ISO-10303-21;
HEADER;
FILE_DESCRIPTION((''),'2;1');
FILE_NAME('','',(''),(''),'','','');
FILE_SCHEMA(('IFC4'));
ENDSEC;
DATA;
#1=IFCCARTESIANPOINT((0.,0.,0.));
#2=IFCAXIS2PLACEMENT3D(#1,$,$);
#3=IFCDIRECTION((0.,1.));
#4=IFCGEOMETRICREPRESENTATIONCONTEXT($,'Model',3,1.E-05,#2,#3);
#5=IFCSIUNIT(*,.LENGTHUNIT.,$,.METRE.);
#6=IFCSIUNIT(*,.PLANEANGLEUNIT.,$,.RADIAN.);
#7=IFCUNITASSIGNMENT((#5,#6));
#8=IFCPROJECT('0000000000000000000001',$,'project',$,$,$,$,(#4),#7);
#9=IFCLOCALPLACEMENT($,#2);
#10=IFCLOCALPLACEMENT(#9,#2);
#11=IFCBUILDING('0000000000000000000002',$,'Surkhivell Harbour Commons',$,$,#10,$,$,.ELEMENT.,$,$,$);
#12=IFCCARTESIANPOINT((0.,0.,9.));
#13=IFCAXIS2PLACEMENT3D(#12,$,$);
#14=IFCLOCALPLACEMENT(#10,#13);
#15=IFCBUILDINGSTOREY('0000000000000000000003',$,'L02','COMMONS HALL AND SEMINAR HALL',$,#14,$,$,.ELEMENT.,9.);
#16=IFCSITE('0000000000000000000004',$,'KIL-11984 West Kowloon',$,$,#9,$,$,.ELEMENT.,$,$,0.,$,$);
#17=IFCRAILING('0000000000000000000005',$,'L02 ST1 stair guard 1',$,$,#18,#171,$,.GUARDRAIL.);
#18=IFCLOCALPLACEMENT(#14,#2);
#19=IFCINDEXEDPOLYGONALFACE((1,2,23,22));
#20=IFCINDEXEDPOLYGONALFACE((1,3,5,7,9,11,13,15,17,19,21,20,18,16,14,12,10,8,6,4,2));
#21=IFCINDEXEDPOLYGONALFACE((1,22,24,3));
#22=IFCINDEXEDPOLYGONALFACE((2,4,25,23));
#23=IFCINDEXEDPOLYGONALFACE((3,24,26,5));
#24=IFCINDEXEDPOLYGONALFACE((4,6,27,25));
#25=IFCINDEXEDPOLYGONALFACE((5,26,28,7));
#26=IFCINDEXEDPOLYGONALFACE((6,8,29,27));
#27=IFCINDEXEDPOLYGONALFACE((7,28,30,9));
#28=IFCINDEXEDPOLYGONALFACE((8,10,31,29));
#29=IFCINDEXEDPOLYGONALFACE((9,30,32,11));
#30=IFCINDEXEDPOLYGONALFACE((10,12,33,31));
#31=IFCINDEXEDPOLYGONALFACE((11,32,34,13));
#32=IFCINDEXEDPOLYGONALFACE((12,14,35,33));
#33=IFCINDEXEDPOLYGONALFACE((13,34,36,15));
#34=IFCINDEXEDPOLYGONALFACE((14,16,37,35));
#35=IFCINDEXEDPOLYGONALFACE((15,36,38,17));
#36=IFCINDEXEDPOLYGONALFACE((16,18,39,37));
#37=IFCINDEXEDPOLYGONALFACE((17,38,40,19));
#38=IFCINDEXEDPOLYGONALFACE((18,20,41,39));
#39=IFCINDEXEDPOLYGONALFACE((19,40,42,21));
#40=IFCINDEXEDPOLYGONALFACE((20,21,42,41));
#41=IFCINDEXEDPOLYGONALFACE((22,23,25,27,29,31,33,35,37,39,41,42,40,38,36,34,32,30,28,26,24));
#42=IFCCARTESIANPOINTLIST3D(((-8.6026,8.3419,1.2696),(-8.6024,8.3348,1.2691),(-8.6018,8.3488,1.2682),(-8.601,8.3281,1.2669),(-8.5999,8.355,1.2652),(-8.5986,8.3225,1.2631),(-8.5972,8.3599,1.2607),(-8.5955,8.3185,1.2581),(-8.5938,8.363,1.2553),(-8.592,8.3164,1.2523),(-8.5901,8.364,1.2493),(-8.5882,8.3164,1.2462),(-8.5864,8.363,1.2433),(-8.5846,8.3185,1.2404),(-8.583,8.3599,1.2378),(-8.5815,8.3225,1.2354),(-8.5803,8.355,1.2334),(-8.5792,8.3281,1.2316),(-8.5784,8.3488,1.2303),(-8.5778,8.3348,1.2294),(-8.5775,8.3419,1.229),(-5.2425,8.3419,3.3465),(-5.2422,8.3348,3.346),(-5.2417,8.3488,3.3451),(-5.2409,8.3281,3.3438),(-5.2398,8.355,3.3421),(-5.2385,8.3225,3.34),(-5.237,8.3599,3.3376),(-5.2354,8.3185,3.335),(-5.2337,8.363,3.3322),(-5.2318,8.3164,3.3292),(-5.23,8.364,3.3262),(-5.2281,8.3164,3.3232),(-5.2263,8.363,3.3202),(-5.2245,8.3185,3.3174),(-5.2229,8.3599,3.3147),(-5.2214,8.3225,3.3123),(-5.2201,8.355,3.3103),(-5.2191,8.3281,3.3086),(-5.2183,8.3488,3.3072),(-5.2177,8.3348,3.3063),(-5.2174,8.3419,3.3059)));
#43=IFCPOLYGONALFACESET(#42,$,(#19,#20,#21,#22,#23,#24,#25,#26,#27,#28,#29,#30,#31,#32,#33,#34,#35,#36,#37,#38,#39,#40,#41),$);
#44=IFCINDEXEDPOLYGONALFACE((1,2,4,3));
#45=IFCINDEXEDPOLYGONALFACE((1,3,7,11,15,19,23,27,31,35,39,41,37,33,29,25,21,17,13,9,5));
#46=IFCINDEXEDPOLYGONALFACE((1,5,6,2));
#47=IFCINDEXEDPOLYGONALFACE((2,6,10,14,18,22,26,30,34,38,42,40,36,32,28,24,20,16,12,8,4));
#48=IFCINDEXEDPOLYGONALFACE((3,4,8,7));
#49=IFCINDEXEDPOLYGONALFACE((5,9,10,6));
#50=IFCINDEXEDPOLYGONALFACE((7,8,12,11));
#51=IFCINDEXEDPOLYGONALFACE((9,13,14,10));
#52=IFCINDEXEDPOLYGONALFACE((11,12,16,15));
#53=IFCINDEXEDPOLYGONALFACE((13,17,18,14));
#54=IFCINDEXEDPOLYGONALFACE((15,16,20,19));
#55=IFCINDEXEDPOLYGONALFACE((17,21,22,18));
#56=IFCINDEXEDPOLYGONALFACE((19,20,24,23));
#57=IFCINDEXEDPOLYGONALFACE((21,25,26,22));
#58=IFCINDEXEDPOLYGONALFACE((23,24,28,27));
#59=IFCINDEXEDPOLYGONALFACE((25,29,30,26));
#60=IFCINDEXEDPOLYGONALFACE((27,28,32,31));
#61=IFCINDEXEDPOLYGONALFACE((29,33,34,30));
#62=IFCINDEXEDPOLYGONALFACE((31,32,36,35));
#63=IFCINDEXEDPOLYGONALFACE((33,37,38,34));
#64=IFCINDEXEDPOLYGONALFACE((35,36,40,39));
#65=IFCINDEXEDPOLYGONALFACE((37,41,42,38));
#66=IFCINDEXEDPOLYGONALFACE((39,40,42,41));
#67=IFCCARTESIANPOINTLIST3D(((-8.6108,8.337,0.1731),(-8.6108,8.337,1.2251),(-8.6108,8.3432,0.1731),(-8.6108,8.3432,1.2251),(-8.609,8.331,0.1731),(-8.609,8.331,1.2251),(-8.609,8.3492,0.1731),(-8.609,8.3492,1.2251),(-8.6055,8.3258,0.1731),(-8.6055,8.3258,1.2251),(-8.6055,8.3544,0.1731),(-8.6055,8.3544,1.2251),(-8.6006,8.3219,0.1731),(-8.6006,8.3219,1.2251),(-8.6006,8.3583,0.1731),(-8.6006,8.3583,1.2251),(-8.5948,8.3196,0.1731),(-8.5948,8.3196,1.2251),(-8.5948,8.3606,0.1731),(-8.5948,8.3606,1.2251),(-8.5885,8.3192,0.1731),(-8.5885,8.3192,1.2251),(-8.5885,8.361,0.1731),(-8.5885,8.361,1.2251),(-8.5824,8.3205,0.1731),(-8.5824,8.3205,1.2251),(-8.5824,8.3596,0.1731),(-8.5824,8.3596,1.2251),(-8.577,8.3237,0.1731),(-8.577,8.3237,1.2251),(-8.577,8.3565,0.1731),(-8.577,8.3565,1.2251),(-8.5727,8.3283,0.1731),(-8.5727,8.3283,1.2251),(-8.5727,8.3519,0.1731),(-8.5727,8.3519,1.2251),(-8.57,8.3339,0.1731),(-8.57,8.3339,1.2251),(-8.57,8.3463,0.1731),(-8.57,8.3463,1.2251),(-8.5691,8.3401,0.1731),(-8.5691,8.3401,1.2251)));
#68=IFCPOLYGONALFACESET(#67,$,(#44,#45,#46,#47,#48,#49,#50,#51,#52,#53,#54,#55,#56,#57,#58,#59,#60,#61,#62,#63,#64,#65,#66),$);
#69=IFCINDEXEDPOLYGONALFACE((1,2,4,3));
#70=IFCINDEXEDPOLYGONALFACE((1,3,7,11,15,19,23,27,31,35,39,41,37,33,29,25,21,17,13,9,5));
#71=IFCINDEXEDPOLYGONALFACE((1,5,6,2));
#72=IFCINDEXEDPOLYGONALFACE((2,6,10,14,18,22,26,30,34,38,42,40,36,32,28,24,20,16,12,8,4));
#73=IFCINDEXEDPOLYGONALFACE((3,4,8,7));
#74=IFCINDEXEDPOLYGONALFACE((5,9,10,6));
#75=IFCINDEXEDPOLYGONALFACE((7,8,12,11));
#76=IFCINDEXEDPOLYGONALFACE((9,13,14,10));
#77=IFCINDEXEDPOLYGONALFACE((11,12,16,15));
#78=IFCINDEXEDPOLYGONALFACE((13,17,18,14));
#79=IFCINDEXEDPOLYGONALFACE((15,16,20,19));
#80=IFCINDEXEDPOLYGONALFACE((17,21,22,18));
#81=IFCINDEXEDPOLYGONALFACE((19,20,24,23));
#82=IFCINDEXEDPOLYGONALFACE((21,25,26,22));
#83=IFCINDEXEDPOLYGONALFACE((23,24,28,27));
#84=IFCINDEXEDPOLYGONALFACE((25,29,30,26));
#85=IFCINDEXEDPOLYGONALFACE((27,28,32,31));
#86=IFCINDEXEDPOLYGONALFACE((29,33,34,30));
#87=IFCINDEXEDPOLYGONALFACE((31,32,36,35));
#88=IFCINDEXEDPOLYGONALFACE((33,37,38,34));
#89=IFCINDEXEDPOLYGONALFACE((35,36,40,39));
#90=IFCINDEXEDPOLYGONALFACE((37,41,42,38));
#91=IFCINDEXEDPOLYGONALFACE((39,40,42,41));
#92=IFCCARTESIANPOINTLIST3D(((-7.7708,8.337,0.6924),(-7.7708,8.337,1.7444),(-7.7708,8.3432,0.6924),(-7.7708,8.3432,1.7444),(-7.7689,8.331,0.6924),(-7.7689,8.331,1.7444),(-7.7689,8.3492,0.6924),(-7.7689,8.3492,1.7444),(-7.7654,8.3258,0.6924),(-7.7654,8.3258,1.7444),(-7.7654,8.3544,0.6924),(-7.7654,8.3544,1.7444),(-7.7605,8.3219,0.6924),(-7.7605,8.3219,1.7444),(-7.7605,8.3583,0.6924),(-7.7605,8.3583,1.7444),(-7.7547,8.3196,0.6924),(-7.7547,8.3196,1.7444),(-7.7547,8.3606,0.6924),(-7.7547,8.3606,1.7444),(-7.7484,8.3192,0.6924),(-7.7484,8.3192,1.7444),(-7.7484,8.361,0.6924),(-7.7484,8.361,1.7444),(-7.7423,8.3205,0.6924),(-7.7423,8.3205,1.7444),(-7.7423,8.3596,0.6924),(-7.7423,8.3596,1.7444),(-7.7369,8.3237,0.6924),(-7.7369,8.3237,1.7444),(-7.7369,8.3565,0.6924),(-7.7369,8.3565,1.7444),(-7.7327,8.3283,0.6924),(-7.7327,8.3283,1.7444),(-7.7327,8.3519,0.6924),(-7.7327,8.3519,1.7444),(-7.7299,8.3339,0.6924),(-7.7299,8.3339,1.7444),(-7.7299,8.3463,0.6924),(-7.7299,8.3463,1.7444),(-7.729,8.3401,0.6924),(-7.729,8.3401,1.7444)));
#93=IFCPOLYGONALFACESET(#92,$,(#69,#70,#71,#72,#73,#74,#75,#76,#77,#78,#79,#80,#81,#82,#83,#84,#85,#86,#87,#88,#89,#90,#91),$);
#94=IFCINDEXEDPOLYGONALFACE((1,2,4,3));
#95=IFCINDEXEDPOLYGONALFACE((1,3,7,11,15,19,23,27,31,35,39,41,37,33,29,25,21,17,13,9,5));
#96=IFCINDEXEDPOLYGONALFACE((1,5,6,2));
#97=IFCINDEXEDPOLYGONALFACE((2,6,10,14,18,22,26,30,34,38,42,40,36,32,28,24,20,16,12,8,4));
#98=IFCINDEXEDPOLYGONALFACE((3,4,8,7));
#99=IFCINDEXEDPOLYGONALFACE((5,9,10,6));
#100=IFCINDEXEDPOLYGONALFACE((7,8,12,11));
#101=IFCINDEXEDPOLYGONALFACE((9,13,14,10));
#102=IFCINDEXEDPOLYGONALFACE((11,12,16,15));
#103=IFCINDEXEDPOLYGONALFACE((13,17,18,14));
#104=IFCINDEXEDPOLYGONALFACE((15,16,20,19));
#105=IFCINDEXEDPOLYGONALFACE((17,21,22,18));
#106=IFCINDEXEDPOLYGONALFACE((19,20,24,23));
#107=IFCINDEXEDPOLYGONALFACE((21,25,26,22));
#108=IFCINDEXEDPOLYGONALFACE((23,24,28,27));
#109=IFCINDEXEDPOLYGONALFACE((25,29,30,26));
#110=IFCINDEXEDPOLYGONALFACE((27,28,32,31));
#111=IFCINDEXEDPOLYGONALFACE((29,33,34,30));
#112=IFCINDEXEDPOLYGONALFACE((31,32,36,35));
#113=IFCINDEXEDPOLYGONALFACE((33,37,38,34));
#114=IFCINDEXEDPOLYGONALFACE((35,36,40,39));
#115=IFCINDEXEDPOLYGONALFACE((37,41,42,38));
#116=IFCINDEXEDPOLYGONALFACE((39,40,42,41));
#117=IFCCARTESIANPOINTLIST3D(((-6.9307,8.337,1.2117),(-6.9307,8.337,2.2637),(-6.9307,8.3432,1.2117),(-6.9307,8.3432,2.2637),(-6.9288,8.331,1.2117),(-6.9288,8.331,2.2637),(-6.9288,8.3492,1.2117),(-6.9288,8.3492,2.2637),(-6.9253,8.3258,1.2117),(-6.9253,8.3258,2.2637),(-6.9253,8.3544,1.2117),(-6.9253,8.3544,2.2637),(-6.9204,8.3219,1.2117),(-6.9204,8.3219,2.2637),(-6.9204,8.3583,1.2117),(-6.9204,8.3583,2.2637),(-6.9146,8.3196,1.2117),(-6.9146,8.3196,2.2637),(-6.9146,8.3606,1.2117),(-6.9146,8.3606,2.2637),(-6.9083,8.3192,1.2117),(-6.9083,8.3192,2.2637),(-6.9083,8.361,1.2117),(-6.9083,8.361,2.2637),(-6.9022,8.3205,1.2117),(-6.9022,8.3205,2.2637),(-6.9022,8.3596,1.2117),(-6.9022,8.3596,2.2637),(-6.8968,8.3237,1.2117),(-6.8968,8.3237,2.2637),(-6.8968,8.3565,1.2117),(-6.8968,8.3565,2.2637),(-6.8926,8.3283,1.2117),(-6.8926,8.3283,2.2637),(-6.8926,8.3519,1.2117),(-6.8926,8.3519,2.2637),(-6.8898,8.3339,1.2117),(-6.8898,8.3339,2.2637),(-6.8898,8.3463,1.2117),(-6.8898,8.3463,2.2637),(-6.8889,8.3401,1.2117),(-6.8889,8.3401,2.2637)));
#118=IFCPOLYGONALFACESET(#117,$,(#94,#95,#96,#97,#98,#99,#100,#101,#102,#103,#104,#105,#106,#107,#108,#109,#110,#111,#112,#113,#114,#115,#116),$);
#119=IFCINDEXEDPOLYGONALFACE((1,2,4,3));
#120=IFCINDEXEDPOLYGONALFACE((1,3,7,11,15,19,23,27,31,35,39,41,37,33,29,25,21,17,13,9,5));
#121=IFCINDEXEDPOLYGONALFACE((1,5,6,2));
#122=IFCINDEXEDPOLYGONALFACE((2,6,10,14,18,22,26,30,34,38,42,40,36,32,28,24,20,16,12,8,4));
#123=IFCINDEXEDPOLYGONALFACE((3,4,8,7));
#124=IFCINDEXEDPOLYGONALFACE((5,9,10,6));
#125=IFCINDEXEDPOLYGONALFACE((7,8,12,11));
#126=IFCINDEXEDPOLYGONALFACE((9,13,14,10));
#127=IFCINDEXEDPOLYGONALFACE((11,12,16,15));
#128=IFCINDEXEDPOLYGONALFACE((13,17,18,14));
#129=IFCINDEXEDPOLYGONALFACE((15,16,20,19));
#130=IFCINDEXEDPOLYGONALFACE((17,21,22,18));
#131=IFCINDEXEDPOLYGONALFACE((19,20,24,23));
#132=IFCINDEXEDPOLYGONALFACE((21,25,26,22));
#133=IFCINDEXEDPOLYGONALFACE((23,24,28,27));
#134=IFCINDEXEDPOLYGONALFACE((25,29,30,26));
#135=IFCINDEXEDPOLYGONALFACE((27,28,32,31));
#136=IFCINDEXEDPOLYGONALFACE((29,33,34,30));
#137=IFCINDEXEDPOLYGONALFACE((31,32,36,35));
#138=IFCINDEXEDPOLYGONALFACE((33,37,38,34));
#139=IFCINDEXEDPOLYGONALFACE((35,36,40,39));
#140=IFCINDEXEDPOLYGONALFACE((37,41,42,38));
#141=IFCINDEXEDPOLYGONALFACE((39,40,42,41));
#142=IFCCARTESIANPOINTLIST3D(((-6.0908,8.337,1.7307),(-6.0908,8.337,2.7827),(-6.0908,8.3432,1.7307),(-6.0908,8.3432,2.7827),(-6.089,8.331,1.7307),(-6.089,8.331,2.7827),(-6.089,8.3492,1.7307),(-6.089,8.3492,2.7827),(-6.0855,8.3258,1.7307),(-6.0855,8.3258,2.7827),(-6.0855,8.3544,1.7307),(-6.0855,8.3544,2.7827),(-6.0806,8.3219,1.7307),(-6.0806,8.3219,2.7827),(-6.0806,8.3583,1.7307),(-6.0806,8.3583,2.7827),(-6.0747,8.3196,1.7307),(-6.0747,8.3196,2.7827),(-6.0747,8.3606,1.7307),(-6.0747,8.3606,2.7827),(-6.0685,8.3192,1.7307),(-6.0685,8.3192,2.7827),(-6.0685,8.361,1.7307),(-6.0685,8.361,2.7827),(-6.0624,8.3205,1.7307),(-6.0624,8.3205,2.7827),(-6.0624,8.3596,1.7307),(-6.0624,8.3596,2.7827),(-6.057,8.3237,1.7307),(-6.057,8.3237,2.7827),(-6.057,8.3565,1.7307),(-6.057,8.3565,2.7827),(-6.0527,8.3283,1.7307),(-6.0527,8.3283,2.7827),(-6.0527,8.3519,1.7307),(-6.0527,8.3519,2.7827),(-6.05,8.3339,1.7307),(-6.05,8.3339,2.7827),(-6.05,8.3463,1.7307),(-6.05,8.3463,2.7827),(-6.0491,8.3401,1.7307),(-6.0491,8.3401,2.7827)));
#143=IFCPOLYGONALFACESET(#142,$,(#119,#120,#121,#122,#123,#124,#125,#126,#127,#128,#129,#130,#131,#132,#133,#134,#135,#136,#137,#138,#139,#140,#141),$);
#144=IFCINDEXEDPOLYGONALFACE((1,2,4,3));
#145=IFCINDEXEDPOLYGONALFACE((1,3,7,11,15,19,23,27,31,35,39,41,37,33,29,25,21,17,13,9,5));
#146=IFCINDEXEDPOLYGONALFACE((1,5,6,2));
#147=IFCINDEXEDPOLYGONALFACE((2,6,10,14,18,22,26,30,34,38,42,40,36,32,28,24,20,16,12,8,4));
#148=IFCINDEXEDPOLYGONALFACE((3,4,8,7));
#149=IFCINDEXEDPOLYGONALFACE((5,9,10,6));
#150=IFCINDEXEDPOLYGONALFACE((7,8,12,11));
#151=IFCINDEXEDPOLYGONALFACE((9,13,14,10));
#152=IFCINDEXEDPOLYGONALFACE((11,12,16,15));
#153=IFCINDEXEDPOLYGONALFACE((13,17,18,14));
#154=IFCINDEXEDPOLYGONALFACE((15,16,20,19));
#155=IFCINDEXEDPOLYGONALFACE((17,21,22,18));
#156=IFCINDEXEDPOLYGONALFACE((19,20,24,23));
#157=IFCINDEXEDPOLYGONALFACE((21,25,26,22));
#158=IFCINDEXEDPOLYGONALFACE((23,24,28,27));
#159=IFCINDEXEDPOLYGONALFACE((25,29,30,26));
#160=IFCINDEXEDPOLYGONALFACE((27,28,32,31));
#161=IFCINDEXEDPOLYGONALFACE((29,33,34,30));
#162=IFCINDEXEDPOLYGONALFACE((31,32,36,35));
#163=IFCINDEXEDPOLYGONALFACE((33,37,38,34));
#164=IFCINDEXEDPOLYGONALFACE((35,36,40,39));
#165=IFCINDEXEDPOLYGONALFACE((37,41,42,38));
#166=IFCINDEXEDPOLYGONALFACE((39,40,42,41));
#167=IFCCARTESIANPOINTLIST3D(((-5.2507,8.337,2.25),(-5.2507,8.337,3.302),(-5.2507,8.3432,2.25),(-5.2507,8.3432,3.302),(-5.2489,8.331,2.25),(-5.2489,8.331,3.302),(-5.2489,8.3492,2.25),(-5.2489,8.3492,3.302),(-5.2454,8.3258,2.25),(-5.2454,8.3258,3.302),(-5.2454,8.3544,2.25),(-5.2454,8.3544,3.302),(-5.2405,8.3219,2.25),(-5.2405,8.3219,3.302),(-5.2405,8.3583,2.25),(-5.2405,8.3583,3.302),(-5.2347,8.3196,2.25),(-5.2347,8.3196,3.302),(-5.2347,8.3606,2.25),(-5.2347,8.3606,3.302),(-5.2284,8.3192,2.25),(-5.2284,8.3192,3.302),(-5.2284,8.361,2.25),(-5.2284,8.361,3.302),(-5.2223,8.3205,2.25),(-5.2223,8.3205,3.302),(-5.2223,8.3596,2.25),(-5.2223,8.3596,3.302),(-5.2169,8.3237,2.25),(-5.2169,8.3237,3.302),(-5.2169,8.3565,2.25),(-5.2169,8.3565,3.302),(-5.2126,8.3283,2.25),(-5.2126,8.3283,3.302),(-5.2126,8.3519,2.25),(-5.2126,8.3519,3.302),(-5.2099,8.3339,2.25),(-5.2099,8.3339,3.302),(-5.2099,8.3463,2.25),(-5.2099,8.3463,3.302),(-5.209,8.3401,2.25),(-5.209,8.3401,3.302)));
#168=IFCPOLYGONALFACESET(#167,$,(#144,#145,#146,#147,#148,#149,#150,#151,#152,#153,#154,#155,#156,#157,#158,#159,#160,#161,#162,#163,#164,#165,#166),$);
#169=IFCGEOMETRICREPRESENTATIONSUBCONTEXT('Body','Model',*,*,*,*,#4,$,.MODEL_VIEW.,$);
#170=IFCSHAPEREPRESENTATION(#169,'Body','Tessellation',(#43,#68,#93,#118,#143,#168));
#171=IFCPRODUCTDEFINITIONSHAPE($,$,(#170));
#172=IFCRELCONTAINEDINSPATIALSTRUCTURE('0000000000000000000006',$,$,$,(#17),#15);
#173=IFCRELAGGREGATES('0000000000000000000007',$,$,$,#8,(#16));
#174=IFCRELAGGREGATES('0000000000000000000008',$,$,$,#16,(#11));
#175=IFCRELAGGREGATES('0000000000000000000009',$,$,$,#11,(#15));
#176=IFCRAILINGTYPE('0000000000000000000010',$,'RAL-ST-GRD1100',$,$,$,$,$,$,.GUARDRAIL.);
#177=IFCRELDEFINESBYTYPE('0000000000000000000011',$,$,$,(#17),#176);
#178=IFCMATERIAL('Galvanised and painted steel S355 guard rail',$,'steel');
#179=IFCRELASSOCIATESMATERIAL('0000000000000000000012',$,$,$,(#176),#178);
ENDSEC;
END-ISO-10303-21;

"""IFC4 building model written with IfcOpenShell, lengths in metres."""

from ifc_helpers import new_model, si_unit, direction, frame, origin, origin_2d, place, context, subcontext, project, spatial, circle, extrude, material, type_object, element, save


model = new_model("IFC4")

# Units and contexts
model_context = context("Model", 3, precision=1e-05, world=origin(), true_north=direction((0.0, 1.0)))
body_context = subcontext(model_context, "Body", "Model", "MODEL_VIEW")
ifc_project = project(units=[si_unit("LENGTHUNIT", "METRE"), si_unit("PLANEANGLEUNIT", "RADIAN")], contexts=[model_context])

# Site, building, storey
site_placement = place(None, origin())
site = spatial("IfcSite", under=ifc_project, at=site_placement, Name="KIL-11984 West Kowloon", CompositionType="ELEMENT", RefElevation=0.0)
building_placement = place(site_placement, origin())
building = spatial("IfcBuilding", under=site, at=building_placement, Name="Surkhivell Harbour Commons", CompositionType="ELEMENT")
storey_placement = place(building_placement, frame((0.0, 0.0, 9.0)))
storey = spatial("IfcBuildingStorey", under=building, at=storey_placement, Name="L02", Description="COMMONS HALL AND SEMINAR HALL", CompositionType="ELEMENT", Elevation=9.0)

# Railing
ifc_material_1 = material(Name="Galvanised and painted steel S355 guard rail", Category="steel")
railing_type_1 = type_object("IfcRailingType", Name="RAL-ST-GRD1100", PredefinedType="GUARDRAIL", material=ifc_material_1)
railing_1_placement = place(storey_placement, frame((-8.5901, 8.3401, 0.1731)))
element("IfcRailing", 1, at=railing_1_placement, inside=storey, type_object=railing_type_1, Name="L02 ST1 stair guard 1", PredefinedType="GUARDRAIL", context=body_context, shape_type="SweptSolid", body=[
    extrude(circle(Radius=0.0239, at=origin_2d()), frame((0.0, 0.0, 1.0762), z_axis=(0.850623, 0.0, 0.525776), x_axis=(0.0, 1.0, 0.0)), (0.0, 0.0, 1.0), 3.9502),
    extrude(circle(Radius=0.021, at=origin_2d()), origin(), (0.0, 0.0, 1.0), 1.052),
    extrude(circle(Radius=0.021, at=origin_2d()), frame((0.8401, 0.0, 0.5193)), (0.0, 0.0, 1.0), 1.052),
    extrude(circle(Radius=0.021, at=origin_2d()), frame((1.6802, 0.0, 1.0386)), (0.0, 0.0, 1.0), 1.052),
    extrude(circle(Radius=0.021, at=origin_2d()), frame((2.52, 0.0, 1.5576)), (0.0, 0.0, 1.0), 1.052),
    extrude(circle(Radius=0.021, at=origin_2d()), frame((3.3601, 0.0, 2.0769)), (0.0, 0.0, 1.0), 1.052),
])

save(model, "model.ifc")
